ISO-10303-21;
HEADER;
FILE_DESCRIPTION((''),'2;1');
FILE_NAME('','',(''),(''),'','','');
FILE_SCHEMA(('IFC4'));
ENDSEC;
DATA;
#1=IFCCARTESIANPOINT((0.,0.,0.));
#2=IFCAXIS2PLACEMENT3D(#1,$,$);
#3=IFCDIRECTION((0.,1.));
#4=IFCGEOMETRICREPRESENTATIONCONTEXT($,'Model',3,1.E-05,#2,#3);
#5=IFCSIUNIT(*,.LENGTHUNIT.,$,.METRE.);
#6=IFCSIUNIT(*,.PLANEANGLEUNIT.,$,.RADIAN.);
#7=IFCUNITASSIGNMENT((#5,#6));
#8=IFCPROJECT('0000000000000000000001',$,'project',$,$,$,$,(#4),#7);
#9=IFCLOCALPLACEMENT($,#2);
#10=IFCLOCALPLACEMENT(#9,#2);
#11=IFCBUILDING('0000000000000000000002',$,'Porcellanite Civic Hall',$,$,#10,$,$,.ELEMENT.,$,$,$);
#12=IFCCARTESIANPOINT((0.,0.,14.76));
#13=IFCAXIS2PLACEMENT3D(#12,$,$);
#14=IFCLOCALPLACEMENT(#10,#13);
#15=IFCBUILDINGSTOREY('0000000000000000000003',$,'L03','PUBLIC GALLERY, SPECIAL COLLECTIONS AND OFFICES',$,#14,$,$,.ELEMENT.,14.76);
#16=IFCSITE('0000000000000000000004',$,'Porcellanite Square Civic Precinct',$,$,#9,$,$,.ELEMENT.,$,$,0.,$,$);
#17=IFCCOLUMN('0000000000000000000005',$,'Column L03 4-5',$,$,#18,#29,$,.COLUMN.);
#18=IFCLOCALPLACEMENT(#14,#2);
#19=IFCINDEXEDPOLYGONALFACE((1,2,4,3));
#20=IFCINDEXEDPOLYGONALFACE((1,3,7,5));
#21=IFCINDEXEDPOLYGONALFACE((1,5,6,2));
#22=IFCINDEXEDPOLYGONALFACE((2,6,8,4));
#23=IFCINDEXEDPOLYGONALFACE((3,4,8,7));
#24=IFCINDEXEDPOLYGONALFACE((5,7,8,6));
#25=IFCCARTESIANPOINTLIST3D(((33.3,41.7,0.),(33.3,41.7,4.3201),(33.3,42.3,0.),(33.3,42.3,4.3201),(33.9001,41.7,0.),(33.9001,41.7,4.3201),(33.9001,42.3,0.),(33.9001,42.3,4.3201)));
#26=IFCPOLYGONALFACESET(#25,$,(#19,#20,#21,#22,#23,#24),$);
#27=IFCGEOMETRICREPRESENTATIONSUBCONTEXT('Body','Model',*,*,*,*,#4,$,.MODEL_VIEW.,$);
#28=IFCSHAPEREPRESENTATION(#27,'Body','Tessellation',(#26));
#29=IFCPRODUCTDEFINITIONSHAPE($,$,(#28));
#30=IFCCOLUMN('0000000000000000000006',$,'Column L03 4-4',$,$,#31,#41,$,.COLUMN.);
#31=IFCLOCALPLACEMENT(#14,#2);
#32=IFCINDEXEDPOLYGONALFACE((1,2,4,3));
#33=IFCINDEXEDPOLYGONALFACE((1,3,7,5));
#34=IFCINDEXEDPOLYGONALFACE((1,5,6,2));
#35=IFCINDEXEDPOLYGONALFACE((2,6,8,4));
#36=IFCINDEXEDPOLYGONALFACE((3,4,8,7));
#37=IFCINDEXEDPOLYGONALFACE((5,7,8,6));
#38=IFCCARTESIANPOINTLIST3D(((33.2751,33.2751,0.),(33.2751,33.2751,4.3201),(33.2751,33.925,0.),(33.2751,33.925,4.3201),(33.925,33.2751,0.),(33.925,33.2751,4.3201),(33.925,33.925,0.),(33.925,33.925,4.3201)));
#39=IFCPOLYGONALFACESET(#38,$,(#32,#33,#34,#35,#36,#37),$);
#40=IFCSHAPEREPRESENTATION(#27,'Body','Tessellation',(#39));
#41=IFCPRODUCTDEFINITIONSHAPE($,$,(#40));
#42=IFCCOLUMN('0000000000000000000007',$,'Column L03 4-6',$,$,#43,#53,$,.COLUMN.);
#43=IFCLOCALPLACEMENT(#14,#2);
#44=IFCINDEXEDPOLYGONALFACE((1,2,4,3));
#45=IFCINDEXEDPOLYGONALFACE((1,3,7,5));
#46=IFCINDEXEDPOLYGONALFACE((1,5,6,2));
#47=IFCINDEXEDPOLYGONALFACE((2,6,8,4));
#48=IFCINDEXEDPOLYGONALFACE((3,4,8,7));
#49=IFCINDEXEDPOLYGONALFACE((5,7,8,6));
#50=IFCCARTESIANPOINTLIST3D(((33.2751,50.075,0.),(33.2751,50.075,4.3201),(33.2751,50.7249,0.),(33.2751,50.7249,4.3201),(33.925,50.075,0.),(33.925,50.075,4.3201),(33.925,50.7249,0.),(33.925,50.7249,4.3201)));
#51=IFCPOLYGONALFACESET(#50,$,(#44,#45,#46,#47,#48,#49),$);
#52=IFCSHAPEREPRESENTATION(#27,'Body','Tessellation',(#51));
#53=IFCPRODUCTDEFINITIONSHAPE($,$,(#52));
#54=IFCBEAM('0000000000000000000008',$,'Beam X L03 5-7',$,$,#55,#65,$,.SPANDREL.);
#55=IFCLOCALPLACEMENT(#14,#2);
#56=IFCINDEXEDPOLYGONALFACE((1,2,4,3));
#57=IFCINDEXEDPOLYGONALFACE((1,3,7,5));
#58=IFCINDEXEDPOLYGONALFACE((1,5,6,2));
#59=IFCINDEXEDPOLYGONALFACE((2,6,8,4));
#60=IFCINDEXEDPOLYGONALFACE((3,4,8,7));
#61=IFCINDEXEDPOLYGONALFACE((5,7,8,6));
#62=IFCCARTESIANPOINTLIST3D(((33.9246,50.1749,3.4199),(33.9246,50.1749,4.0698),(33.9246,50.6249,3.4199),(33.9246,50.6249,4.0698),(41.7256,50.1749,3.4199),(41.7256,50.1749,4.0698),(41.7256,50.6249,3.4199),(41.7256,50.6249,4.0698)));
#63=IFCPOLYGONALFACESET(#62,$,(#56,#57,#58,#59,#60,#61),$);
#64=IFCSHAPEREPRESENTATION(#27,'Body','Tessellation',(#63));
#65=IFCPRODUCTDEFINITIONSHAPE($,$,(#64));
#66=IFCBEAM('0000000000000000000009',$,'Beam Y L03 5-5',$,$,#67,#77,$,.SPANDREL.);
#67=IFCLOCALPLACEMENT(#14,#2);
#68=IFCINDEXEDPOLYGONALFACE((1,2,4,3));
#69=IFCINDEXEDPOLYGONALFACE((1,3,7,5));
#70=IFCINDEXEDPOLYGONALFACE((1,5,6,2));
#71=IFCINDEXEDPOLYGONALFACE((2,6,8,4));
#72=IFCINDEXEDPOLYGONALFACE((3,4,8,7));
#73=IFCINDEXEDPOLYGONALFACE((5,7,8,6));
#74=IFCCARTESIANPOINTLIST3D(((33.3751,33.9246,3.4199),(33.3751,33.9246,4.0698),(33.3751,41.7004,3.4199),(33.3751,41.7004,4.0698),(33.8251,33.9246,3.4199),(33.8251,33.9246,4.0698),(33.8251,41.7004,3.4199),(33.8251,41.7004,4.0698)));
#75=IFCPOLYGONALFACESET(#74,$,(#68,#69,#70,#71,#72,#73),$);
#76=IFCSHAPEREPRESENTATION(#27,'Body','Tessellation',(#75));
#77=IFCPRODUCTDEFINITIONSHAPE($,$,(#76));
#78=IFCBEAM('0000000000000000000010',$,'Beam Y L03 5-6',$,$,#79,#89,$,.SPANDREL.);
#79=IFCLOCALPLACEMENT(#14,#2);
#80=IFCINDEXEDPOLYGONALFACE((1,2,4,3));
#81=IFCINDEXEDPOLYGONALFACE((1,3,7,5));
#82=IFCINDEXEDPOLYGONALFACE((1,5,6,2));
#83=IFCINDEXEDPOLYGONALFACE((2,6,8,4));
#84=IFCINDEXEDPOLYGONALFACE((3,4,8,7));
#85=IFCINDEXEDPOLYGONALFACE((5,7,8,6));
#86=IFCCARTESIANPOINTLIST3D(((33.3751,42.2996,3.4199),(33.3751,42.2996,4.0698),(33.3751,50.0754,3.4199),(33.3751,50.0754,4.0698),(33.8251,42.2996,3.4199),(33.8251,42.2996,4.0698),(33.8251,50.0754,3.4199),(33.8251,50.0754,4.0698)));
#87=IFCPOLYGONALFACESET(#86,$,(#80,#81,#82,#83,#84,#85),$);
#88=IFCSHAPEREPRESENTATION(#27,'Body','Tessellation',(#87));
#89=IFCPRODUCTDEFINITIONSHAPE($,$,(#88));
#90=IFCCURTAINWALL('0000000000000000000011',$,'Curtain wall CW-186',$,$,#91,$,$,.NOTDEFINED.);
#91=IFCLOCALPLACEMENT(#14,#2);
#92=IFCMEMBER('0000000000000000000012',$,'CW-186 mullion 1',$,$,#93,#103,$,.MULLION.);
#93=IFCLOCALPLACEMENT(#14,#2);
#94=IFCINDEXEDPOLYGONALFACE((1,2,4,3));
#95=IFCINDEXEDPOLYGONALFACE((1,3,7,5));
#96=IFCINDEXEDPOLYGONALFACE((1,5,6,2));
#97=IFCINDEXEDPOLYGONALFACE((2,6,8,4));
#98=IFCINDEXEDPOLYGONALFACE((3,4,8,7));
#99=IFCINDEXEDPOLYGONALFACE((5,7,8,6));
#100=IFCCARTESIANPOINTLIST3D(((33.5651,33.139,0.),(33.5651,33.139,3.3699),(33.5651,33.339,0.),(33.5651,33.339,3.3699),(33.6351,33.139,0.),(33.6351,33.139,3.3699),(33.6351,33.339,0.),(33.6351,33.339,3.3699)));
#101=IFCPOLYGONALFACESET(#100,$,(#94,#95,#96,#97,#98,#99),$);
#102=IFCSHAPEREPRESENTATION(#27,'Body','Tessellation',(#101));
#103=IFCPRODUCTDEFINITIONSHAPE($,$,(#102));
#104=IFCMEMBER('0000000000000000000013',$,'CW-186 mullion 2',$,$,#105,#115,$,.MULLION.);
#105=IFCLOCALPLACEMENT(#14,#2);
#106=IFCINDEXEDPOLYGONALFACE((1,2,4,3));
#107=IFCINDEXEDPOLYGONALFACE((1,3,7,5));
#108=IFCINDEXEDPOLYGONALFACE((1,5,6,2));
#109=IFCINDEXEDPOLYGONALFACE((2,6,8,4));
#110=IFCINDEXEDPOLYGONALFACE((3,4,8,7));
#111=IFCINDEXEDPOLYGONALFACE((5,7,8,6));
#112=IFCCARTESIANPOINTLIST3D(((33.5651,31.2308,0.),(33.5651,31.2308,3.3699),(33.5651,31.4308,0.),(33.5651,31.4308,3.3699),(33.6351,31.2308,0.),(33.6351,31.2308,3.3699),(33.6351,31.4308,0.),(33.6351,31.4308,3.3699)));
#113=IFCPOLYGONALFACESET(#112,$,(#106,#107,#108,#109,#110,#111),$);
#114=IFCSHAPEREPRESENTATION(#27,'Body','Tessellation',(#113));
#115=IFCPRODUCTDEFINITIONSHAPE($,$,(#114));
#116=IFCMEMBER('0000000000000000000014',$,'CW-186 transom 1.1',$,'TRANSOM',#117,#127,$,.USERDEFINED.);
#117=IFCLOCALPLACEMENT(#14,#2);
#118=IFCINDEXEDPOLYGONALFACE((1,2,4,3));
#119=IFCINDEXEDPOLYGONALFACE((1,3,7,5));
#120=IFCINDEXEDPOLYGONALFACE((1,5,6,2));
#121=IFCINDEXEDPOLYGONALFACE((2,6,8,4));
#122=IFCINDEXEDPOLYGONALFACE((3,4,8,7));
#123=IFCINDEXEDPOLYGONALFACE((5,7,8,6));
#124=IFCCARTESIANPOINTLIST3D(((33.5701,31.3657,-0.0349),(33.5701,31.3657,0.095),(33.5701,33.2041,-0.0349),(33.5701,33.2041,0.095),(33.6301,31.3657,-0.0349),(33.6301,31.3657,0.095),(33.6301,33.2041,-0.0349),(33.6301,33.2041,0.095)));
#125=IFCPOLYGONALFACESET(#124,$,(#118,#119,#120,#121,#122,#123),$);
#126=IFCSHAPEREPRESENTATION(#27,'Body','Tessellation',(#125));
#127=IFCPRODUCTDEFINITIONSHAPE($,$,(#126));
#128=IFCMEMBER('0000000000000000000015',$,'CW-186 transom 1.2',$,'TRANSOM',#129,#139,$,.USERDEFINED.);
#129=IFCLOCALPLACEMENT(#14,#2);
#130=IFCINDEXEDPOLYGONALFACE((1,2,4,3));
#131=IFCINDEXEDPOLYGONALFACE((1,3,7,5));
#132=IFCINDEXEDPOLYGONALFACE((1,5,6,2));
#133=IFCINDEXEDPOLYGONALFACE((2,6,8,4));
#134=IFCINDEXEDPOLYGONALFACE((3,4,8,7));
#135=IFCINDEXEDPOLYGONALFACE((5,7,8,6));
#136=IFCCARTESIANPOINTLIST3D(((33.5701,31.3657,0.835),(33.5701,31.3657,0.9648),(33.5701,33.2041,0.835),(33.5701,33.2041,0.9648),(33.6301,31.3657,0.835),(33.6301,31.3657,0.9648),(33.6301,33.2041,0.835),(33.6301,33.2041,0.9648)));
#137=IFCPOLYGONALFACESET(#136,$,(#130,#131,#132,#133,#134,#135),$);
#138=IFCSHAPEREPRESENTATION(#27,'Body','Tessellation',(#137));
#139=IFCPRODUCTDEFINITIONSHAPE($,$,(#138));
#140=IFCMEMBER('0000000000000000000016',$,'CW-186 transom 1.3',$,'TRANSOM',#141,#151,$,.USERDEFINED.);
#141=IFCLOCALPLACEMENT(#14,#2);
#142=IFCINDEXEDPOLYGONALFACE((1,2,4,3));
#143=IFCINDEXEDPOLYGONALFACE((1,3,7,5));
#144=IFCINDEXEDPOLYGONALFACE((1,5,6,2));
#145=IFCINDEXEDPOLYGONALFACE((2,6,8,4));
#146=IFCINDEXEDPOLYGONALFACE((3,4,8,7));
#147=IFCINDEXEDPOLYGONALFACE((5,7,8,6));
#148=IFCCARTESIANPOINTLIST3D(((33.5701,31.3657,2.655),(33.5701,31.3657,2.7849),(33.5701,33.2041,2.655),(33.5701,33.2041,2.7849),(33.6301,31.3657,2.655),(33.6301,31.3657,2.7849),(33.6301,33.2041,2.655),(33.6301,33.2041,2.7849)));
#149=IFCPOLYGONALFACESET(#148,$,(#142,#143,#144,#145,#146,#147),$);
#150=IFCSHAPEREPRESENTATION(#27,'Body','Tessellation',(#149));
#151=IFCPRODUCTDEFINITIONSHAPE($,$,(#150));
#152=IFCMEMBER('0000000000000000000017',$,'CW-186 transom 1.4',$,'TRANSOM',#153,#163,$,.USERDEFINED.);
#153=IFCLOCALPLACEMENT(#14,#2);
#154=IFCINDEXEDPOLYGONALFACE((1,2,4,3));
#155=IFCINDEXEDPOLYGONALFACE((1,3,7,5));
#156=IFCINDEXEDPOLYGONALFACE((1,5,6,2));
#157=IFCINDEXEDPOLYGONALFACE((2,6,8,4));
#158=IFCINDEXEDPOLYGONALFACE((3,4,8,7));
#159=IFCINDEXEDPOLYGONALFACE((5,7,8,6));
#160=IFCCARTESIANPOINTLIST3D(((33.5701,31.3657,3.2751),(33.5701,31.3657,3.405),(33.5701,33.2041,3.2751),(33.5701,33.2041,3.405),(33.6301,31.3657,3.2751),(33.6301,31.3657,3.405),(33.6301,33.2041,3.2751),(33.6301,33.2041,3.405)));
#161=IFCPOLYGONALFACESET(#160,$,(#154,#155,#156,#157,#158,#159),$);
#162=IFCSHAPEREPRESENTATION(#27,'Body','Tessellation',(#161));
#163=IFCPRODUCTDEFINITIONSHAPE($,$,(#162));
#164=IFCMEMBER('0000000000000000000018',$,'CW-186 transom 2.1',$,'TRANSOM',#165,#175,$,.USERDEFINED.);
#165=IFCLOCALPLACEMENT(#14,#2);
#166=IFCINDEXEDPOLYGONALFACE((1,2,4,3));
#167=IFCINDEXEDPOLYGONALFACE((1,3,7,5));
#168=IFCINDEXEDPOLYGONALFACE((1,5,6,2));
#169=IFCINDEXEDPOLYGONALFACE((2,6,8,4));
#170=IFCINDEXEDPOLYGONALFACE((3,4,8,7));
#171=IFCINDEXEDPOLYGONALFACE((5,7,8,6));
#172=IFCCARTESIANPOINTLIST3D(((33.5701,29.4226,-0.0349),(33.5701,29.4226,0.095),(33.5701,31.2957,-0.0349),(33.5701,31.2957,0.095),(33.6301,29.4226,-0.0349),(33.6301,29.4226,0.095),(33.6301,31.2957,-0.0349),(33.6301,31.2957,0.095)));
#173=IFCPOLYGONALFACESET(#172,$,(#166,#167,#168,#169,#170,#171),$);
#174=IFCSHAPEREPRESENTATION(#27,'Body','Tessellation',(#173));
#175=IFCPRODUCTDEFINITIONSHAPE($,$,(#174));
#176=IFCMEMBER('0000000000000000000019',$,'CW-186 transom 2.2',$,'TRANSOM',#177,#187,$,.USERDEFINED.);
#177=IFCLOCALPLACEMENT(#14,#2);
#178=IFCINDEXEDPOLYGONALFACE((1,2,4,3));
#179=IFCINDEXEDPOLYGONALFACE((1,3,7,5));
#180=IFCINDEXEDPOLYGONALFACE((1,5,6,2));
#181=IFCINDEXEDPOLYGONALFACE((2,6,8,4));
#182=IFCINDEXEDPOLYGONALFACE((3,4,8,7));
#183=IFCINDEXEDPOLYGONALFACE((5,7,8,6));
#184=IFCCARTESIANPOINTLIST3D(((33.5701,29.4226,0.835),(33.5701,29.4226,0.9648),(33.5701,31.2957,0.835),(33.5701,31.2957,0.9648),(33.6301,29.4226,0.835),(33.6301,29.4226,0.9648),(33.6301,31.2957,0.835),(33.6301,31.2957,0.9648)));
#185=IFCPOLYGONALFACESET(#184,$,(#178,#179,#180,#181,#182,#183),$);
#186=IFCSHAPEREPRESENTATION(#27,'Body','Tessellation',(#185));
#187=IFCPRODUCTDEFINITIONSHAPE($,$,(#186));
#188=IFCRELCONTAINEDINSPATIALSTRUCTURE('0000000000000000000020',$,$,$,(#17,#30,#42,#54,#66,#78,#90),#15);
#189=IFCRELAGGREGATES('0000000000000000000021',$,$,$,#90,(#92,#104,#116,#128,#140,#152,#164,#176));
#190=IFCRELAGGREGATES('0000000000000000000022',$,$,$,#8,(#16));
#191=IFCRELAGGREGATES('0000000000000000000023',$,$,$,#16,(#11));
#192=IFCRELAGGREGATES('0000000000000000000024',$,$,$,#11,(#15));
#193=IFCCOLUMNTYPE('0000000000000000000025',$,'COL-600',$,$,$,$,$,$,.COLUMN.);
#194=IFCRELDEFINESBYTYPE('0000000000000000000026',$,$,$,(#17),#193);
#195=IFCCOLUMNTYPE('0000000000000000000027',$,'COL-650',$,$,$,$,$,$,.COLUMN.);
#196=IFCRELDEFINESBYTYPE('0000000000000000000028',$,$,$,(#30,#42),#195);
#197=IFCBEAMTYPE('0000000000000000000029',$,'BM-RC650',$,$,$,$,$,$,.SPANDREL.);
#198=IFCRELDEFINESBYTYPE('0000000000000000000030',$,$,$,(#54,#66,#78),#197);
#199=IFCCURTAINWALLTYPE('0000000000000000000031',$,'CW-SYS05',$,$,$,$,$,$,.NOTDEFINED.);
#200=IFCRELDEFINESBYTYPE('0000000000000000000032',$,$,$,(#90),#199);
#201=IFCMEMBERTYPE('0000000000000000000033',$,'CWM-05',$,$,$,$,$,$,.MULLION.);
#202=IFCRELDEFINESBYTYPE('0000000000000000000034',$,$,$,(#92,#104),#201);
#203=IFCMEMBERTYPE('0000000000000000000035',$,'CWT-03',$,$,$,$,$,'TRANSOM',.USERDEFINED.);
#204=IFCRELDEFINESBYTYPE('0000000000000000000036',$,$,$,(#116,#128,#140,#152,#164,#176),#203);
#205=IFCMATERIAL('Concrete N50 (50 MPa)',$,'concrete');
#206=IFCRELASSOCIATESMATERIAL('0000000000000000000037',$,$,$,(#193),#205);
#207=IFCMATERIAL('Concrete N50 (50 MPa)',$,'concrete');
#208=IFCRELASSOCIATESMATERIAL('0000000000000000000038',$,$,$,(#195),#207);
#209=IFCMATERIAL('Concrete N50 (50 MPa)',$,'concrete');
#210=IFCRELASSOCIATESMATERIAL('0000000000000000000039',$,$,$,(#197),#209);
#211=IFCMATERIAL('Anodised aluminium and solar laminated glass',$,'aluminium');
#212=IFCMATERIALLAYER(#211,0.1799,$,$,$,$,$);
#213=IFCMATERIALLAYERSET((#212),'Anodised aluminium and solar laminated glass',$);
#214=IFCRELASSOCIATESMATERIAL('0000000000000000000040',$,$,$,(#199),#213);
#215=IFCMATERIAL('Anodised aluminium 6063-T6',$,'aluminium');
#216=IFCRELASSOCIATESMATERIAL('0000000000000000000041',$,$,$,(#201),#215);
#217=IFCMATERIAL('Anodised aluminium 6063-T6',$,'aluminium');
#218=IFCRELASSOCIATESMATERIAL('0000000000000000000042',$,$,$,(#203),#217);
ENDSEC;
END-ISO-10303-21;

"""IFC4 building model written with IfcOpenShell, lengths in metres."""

from ifc_helpers import new_model, si_unit, direction, frame, origin, origin_2d, place, context, subcontext, project, spatial, rectangle, extrude, material, layer, layer_set, material_profile, profile_set, type_object, element, aggregate, save


model = new_model("IFC4")

# Units and contexts
model_context = context("Model", 3, precision=1e-05, world=origin(), true_north=direction((0.0, 1.0)))
body_context = subcontext(model_context, "Body", "Model", "MODEL_VIEW")
ifc_project = project(units=[si_unit("LENGTHUNIT", "METRE"), si_unit("PLANEANGLEUNIT", "RADIAN")], contexts=[model_context])

# Site, building, storey
site_placement = place(None, origin())
site = spatial("IfcSite", under=ifc_project, at=site_placement, Name="Porcellanite Square Civic Precinct", CompositionType="ELEMENT", RefElevation=0.0)
building_placement = place(site_placement, origin())
building = spatial("IfcBuilding", under=site, at=building_placement, Name="Porcellanite Civic Hall", CompositionType="ELEMENT")
storey_placement = place(building_placement, frame((0.0, 0.0, 14.76)))
storey = spatial("IfcBuildingStorey", under=building, at=storey_placement, Name="L03", Description="PUBLIC GALLERY, SPECIAL COLLECTIONS AND OFFICES", CompositionType="ELEMENT", Elevation=14.76)

# Columns
ifc_material_1 = material(Name="Concrete N50 (50 MPa)", Category="concrete")
ifc_material_profile_1 = material_profile(ifc_material_1, rectangle(XDim=0.6001, YDim=0.6001, at=origin_2d()), Name="RC-600x600")
ifc_profile_set_1 = profile_set([ifc_material_profile_1], Name="Concrete N50 (50 MPa)")
column_type_1 = type_object("IfcColumnType", Name="COL-600", PredefinedType="COLUMN", material=ifc_profile_set_1)
column_placement = place(storey_placement, frame((33.6001, 42.0, 0.0), z_axis=(0.0, 0.0, 1.0), x_axis=(1.0, 0.0, 0.0)))
element("IfcColumn", 1, at=column_placement, inside=storey, type_object=column_type_1, Name="Column L03 4-5", PredefinedType="COLUMN", context=body_context, shape_type="SweptSolid", body=[
    extrude(rectangle(XDim=0.6001, YDim=0.6001, at=origin_2d()), origin(), (0.0, 0.0, 1.0), 4.3201),
])
ifc_material_2 = material(Name="Concrete N50 (50 MPa)", Category="concrete")
ifc_material_profile_2 = material_profile(ifc_material_2, rectangle(XDim=0.6499, YDim=0.6499, at=origin_2d()), Name="RC-650x650")
ifc_profile_set_2 = profile_set([ifc_material_profile_2], Name="Concrete N50 (50 MPa)")
column_type_2 = type_object("IfcColumnType", Name="COL-650", PredefinedType="COLUMN", material=ifc_profile_set_2)
for number, where, z_axis, x_axis, name in (
    (2, (33.6001, 33.6001, 0.0), (0.0, 0.0, 1.0), (1.0, 0.0, 0.0), "Column L03 4-4"),
    (3, (33.6001, 50.3999, 0.0), (0.0, 0.0, 1.0), (1.0, 0.0, 0.0), "Column L03 4-6"),
):
    element("IfcColumn", number, at=place(storey_placement, frame(where, z_axis=z_axis, x_axis=x_axis)), inside=storey, type_object=column_type_2, Name=name, PredefinedType="COLUMN", context=body_context, shape_type="SweptSolid", body=[
        extrude(rectangle(XDim=0.6499, YDim=0.6499, at=origin_2d()), origin(), (0.0, 0.0, 1.0), 4.3201),
    ])

# Beams
ifc_material_3 = material(Name="Concrete N50 (50 MPa)", Category="concrete")
ifc_material_profile_3 = material_profile(ifc_material_3, rectangle(XDim=0.45, YDim=0.6499, at=origin_2d()), Name="RC-450x650")
ifc_profile_set_3 = profile_set([ifc_material_profile_3], Name="Concrete N50 (50 MPa)")
beam_type = type_object("IfcBeamType", Name="BM-RC650", PredefinedType="SPANDREL", material=ifc_profile_set_3)
beam_placement = place(storey_placement, frame((33.9246, 50.3999, 3.7449), z_axis=(1.0, 0.0, 0.0), x_axis=(0.0, 1.0, 0.0)))
element("IfcBeam", 4, at=beam_placement, inside=storey, type_object=beam_type, Name="Beam X L03 5-7", PredefinedType="SPANDREL", context=body_context, shape_type="SweptSolid", body=[
    extrude(rectangle(XDim=0.45, YDim=0.6499, at=origin_2d()), origin(), (0.0, 0.0, 1.0), 7.801),
])
for number, where, z_axis, x_axis, name in (
    (5, (33.6001, 33.9246, 3.7449), (0.0, 1.0, 0.0), (-1.0, 0.0, 0.0), "Beam Y L03 5-5"),
    (6, (33.6001, 42.2996, 3.7449), (0.0, 1.0, 0.0), (-1.0, 0.0, 0.0), "Beam Y L03 5-6"),
):
    element("IfcBeam", number, at=place(storey_placement, frame(where, z_axis=z_axis, x_axis=x_axis)), inside=storey, type_object=beam_type, Name=name, PredefinedType="SPANDREL", context=body_context, shape_type="SweptSolid", body=[
        extrude(rectangle(XDim=0.45, YDim=0.6499, at=origin_2d()), origin(), (0.0, 0.0, 1.0), 7.7759),
    ])

# Curtain wall, members
ifc_material_4 = material(Name="Anodised aluminium and solar laminated glass", Category="aluminium")
ifc_layer_1 = layer(ifc_material_4, 0.1799)
ifc_layer_set_1 = layer_set([ifc_layer_1], Name="Anodised aluminium and solar laminated glass")
curtain_wall_type = type_object("IfcCurtainWallType", Name="CW-SYS05", PredefinedType="NOTDEFINED", material=ifc_layer_set_1)
curtain_wall_placement = place(storey_placement, origin())
curtain_wall = element("IfcCurtainWall", 7, at=curtain_wall_placement, inside=storey, type_object=curtain_wall_type, Name="Curtain wall CW-186", PredefinedType="NOTDEFINED")
ifc_material_5 = material(Name="Anodised aluminium 6063-T6", Category="aluminium")
ifc_material_profile_4 = material_profile(ifc_material_5, rectangle(XDim=0.0701, YDim=0.2, at=origin_2d()), Name="AL-70x200")
ifc_profile_set_4 = profile_set([ifc_material_profile_4], Name="Anodised aluminium 6063-T6")
member_type_1 = type_object("IfcMemberType", Name="CWM-05", PredefinedType="MULLION", material=ifc_profile_set_4)
member_1_placement = place(storey_placement, frame((33.6001, 33.239, 0.0), z_axis=(0.0, 0.0, 1.0), x_axis=(1.0, 0.0, 0.0)))
member_1 = element("IfcMember", 8, at=member_1_placement, type_object=member_type_1, Name="CW-186 mullion 1", PredefinedType="MULLION", context=body_context, shape_type="SweptSolid", body=[
    extrude(rectangle(XDim=0.0701, YDim=0.2, at=origin_2d()), origin(), (0.0, 0.0, 1.0), 3.3699),
])
member_2_placement = place(storey_placement, frame((33.6001, 31.3308, 0.0), z_axis=(0.0, 0.0, 1.0), x_axis=(1.0, 0.0, 0.0)))
member_2 = element("IfcMember", 9, at=member_2_placement, type_object=member_type_1, Name="CW-186 mullion 2", PredefinedType="MULLION", context=body_context, shape_type="SweptSolid", body=[
    extrude(rectangle(XDim=0.0701, YDim=0.2, at=origin_2d()), origin(), (0.0, 0.0, 1.0), 3.3699),
])
ifc_material_6 = material(Name="Anodised aluminium 6063-T6", Category="aluminium")
ifc_material_profile_5 = material_profile(ifc_material_6, rectangle(XDim=0.0601, YDim=0.1299, at=origin_2d()), Name="AL-60x130")
ifc_profile_set_5 = profile_set([ifc_material_profile_5], Name="Anodised aluminium 6063-T6")
member_type_2 = type_object("IfcMemberType", Name="CWT-03", ElementType="TRANSOM", PredefinedType="USERDEFINED", material=ifc_profile_set_5)
member_3_placement = place(storey_placement, frame((33.6001, 33.2041, 0.03), z_axis=(0.0, -1.0, 0.0), x_axis=(1.0, 0.0, 0.0)))
member_3 = element("IfcMember", 10, at=member_3_placement, type_object=member_type_2, Name="CW-186 transom 1.1", ObjectType="TRANSOM", PredefinedType="USERDEFINED", context=body_context, shape_type="SweptSolid", body=[
    extrude(rectangle(XDim=0.0601, YDim=0.1299, at=origin_2d()), origin(), (0.0, 0.0, 1.0), 1.8384),
])
member_4_placement = place(storey_placement, frame((33.6001, 33.2041, 0.8999), z_axis=(0.0, -1.0, 0.0), x_axis=(1.0, 0.0, 0.0)))
member_4 = element("IfcMember", 11, at=member_4_placement, type_object=member_type_2, Name="CW-186 transom 1.2", ObjectType="TRANSOM", PredefinedType="USERDEFINED", context=body_context, shape_type="SweptSolid", body=[
    extrude(rectangle(XDim=0.0601, YDim=0.1299, at=origin_2d()), origin(), (0.0, 0.0, 1.0), 1.8384),
])
member_5_placement = place(storey_placement, frame((33.6001, 33.2041, 2.72), z_axis=(0.0, -1.0, 0.0), x_axis=(1.0, 0.0, 0.0)))
member_5 = element("IfcMember", 12, at=member_5_placement, type_object=member_type_2, Name="CW-186 transom 1.3", ObjectType="TRANSOM", PredefinedType="USERDEFINED", context=body_context, shape_type="SweptSolid", body=[
    extrude(rectangle(XDim=0.0601, YDim=0.1299, at=origin_2d()), origin(), (0.0, 0.0, 1.0), 1.8384),
])
member_6_placement = place(storey_placement, frame((33.6001, 33.2041, 3.3401), z_axis=(0.0, -1.0, 0.0), x_axis=(1.0, 0.0, 0.0)))
member_6 = element("IfcMember", 13, at=member_6_placement, type_object=member_type_2, Name="CW-186 transom 1.4", ObjectType="TRANSOM", PredefinedType="USERDEFINED", context=body_context, shape_type="SweptSolid", body=[
    extrude(rectangle(XDim=0.0601, YDim=0.1299, at=origin_2d()), origin(), (0.0, 0.0, 1.0), 1.8384),
])
member_7_placement = place(storey_placement, frame((33.6001, 31.2957, 0.03), z_axis=(0.0, -1.0, 0.0), x_axis=(1.0, 0.0, 0.0)))
member_7 = element("IfcMember", 14, at=member_7_placement, type_object=member_type_2, Name="CW-186 transom 2.1", ObjectType="TRANSOM", PredefinedType="USERDEFINED", context=body_context, shape_type="SweptSolid", body=[
    extrude(rectangle(XDim=0.0601, YDim=0.1299, at=origin_2d()), origin(), (0.0, 0.0, 1.0), 1.873),
])
member_8_placement = place(storey_placement, frame((33.6001, 31.2957, 0.8999), z_axis=(0.0, -1.0, 0.0), x_axis=(1.0, 0.0, 0.0)))
member_8 = element("IfcMember", 15, at=member_8_placement, type_object=member_type_2, Name="CW-186 transom 2.2", ObjectType="TRANSOM", PredefinedType="USERDEFINED", context=body_context, shape_type="SweptSolid", body=[
    extrude(rectangle(XDim=0.0601, YDim=0.1299, at=origin_2d()), origin(), (0.0, 0.0, 1.0), 1.873),
])

aggregate(curtain_wall, [member_1, member_2, member_3, member_4, member_5, member_6, member_7, member_8])

save(model, "model.ifc")
